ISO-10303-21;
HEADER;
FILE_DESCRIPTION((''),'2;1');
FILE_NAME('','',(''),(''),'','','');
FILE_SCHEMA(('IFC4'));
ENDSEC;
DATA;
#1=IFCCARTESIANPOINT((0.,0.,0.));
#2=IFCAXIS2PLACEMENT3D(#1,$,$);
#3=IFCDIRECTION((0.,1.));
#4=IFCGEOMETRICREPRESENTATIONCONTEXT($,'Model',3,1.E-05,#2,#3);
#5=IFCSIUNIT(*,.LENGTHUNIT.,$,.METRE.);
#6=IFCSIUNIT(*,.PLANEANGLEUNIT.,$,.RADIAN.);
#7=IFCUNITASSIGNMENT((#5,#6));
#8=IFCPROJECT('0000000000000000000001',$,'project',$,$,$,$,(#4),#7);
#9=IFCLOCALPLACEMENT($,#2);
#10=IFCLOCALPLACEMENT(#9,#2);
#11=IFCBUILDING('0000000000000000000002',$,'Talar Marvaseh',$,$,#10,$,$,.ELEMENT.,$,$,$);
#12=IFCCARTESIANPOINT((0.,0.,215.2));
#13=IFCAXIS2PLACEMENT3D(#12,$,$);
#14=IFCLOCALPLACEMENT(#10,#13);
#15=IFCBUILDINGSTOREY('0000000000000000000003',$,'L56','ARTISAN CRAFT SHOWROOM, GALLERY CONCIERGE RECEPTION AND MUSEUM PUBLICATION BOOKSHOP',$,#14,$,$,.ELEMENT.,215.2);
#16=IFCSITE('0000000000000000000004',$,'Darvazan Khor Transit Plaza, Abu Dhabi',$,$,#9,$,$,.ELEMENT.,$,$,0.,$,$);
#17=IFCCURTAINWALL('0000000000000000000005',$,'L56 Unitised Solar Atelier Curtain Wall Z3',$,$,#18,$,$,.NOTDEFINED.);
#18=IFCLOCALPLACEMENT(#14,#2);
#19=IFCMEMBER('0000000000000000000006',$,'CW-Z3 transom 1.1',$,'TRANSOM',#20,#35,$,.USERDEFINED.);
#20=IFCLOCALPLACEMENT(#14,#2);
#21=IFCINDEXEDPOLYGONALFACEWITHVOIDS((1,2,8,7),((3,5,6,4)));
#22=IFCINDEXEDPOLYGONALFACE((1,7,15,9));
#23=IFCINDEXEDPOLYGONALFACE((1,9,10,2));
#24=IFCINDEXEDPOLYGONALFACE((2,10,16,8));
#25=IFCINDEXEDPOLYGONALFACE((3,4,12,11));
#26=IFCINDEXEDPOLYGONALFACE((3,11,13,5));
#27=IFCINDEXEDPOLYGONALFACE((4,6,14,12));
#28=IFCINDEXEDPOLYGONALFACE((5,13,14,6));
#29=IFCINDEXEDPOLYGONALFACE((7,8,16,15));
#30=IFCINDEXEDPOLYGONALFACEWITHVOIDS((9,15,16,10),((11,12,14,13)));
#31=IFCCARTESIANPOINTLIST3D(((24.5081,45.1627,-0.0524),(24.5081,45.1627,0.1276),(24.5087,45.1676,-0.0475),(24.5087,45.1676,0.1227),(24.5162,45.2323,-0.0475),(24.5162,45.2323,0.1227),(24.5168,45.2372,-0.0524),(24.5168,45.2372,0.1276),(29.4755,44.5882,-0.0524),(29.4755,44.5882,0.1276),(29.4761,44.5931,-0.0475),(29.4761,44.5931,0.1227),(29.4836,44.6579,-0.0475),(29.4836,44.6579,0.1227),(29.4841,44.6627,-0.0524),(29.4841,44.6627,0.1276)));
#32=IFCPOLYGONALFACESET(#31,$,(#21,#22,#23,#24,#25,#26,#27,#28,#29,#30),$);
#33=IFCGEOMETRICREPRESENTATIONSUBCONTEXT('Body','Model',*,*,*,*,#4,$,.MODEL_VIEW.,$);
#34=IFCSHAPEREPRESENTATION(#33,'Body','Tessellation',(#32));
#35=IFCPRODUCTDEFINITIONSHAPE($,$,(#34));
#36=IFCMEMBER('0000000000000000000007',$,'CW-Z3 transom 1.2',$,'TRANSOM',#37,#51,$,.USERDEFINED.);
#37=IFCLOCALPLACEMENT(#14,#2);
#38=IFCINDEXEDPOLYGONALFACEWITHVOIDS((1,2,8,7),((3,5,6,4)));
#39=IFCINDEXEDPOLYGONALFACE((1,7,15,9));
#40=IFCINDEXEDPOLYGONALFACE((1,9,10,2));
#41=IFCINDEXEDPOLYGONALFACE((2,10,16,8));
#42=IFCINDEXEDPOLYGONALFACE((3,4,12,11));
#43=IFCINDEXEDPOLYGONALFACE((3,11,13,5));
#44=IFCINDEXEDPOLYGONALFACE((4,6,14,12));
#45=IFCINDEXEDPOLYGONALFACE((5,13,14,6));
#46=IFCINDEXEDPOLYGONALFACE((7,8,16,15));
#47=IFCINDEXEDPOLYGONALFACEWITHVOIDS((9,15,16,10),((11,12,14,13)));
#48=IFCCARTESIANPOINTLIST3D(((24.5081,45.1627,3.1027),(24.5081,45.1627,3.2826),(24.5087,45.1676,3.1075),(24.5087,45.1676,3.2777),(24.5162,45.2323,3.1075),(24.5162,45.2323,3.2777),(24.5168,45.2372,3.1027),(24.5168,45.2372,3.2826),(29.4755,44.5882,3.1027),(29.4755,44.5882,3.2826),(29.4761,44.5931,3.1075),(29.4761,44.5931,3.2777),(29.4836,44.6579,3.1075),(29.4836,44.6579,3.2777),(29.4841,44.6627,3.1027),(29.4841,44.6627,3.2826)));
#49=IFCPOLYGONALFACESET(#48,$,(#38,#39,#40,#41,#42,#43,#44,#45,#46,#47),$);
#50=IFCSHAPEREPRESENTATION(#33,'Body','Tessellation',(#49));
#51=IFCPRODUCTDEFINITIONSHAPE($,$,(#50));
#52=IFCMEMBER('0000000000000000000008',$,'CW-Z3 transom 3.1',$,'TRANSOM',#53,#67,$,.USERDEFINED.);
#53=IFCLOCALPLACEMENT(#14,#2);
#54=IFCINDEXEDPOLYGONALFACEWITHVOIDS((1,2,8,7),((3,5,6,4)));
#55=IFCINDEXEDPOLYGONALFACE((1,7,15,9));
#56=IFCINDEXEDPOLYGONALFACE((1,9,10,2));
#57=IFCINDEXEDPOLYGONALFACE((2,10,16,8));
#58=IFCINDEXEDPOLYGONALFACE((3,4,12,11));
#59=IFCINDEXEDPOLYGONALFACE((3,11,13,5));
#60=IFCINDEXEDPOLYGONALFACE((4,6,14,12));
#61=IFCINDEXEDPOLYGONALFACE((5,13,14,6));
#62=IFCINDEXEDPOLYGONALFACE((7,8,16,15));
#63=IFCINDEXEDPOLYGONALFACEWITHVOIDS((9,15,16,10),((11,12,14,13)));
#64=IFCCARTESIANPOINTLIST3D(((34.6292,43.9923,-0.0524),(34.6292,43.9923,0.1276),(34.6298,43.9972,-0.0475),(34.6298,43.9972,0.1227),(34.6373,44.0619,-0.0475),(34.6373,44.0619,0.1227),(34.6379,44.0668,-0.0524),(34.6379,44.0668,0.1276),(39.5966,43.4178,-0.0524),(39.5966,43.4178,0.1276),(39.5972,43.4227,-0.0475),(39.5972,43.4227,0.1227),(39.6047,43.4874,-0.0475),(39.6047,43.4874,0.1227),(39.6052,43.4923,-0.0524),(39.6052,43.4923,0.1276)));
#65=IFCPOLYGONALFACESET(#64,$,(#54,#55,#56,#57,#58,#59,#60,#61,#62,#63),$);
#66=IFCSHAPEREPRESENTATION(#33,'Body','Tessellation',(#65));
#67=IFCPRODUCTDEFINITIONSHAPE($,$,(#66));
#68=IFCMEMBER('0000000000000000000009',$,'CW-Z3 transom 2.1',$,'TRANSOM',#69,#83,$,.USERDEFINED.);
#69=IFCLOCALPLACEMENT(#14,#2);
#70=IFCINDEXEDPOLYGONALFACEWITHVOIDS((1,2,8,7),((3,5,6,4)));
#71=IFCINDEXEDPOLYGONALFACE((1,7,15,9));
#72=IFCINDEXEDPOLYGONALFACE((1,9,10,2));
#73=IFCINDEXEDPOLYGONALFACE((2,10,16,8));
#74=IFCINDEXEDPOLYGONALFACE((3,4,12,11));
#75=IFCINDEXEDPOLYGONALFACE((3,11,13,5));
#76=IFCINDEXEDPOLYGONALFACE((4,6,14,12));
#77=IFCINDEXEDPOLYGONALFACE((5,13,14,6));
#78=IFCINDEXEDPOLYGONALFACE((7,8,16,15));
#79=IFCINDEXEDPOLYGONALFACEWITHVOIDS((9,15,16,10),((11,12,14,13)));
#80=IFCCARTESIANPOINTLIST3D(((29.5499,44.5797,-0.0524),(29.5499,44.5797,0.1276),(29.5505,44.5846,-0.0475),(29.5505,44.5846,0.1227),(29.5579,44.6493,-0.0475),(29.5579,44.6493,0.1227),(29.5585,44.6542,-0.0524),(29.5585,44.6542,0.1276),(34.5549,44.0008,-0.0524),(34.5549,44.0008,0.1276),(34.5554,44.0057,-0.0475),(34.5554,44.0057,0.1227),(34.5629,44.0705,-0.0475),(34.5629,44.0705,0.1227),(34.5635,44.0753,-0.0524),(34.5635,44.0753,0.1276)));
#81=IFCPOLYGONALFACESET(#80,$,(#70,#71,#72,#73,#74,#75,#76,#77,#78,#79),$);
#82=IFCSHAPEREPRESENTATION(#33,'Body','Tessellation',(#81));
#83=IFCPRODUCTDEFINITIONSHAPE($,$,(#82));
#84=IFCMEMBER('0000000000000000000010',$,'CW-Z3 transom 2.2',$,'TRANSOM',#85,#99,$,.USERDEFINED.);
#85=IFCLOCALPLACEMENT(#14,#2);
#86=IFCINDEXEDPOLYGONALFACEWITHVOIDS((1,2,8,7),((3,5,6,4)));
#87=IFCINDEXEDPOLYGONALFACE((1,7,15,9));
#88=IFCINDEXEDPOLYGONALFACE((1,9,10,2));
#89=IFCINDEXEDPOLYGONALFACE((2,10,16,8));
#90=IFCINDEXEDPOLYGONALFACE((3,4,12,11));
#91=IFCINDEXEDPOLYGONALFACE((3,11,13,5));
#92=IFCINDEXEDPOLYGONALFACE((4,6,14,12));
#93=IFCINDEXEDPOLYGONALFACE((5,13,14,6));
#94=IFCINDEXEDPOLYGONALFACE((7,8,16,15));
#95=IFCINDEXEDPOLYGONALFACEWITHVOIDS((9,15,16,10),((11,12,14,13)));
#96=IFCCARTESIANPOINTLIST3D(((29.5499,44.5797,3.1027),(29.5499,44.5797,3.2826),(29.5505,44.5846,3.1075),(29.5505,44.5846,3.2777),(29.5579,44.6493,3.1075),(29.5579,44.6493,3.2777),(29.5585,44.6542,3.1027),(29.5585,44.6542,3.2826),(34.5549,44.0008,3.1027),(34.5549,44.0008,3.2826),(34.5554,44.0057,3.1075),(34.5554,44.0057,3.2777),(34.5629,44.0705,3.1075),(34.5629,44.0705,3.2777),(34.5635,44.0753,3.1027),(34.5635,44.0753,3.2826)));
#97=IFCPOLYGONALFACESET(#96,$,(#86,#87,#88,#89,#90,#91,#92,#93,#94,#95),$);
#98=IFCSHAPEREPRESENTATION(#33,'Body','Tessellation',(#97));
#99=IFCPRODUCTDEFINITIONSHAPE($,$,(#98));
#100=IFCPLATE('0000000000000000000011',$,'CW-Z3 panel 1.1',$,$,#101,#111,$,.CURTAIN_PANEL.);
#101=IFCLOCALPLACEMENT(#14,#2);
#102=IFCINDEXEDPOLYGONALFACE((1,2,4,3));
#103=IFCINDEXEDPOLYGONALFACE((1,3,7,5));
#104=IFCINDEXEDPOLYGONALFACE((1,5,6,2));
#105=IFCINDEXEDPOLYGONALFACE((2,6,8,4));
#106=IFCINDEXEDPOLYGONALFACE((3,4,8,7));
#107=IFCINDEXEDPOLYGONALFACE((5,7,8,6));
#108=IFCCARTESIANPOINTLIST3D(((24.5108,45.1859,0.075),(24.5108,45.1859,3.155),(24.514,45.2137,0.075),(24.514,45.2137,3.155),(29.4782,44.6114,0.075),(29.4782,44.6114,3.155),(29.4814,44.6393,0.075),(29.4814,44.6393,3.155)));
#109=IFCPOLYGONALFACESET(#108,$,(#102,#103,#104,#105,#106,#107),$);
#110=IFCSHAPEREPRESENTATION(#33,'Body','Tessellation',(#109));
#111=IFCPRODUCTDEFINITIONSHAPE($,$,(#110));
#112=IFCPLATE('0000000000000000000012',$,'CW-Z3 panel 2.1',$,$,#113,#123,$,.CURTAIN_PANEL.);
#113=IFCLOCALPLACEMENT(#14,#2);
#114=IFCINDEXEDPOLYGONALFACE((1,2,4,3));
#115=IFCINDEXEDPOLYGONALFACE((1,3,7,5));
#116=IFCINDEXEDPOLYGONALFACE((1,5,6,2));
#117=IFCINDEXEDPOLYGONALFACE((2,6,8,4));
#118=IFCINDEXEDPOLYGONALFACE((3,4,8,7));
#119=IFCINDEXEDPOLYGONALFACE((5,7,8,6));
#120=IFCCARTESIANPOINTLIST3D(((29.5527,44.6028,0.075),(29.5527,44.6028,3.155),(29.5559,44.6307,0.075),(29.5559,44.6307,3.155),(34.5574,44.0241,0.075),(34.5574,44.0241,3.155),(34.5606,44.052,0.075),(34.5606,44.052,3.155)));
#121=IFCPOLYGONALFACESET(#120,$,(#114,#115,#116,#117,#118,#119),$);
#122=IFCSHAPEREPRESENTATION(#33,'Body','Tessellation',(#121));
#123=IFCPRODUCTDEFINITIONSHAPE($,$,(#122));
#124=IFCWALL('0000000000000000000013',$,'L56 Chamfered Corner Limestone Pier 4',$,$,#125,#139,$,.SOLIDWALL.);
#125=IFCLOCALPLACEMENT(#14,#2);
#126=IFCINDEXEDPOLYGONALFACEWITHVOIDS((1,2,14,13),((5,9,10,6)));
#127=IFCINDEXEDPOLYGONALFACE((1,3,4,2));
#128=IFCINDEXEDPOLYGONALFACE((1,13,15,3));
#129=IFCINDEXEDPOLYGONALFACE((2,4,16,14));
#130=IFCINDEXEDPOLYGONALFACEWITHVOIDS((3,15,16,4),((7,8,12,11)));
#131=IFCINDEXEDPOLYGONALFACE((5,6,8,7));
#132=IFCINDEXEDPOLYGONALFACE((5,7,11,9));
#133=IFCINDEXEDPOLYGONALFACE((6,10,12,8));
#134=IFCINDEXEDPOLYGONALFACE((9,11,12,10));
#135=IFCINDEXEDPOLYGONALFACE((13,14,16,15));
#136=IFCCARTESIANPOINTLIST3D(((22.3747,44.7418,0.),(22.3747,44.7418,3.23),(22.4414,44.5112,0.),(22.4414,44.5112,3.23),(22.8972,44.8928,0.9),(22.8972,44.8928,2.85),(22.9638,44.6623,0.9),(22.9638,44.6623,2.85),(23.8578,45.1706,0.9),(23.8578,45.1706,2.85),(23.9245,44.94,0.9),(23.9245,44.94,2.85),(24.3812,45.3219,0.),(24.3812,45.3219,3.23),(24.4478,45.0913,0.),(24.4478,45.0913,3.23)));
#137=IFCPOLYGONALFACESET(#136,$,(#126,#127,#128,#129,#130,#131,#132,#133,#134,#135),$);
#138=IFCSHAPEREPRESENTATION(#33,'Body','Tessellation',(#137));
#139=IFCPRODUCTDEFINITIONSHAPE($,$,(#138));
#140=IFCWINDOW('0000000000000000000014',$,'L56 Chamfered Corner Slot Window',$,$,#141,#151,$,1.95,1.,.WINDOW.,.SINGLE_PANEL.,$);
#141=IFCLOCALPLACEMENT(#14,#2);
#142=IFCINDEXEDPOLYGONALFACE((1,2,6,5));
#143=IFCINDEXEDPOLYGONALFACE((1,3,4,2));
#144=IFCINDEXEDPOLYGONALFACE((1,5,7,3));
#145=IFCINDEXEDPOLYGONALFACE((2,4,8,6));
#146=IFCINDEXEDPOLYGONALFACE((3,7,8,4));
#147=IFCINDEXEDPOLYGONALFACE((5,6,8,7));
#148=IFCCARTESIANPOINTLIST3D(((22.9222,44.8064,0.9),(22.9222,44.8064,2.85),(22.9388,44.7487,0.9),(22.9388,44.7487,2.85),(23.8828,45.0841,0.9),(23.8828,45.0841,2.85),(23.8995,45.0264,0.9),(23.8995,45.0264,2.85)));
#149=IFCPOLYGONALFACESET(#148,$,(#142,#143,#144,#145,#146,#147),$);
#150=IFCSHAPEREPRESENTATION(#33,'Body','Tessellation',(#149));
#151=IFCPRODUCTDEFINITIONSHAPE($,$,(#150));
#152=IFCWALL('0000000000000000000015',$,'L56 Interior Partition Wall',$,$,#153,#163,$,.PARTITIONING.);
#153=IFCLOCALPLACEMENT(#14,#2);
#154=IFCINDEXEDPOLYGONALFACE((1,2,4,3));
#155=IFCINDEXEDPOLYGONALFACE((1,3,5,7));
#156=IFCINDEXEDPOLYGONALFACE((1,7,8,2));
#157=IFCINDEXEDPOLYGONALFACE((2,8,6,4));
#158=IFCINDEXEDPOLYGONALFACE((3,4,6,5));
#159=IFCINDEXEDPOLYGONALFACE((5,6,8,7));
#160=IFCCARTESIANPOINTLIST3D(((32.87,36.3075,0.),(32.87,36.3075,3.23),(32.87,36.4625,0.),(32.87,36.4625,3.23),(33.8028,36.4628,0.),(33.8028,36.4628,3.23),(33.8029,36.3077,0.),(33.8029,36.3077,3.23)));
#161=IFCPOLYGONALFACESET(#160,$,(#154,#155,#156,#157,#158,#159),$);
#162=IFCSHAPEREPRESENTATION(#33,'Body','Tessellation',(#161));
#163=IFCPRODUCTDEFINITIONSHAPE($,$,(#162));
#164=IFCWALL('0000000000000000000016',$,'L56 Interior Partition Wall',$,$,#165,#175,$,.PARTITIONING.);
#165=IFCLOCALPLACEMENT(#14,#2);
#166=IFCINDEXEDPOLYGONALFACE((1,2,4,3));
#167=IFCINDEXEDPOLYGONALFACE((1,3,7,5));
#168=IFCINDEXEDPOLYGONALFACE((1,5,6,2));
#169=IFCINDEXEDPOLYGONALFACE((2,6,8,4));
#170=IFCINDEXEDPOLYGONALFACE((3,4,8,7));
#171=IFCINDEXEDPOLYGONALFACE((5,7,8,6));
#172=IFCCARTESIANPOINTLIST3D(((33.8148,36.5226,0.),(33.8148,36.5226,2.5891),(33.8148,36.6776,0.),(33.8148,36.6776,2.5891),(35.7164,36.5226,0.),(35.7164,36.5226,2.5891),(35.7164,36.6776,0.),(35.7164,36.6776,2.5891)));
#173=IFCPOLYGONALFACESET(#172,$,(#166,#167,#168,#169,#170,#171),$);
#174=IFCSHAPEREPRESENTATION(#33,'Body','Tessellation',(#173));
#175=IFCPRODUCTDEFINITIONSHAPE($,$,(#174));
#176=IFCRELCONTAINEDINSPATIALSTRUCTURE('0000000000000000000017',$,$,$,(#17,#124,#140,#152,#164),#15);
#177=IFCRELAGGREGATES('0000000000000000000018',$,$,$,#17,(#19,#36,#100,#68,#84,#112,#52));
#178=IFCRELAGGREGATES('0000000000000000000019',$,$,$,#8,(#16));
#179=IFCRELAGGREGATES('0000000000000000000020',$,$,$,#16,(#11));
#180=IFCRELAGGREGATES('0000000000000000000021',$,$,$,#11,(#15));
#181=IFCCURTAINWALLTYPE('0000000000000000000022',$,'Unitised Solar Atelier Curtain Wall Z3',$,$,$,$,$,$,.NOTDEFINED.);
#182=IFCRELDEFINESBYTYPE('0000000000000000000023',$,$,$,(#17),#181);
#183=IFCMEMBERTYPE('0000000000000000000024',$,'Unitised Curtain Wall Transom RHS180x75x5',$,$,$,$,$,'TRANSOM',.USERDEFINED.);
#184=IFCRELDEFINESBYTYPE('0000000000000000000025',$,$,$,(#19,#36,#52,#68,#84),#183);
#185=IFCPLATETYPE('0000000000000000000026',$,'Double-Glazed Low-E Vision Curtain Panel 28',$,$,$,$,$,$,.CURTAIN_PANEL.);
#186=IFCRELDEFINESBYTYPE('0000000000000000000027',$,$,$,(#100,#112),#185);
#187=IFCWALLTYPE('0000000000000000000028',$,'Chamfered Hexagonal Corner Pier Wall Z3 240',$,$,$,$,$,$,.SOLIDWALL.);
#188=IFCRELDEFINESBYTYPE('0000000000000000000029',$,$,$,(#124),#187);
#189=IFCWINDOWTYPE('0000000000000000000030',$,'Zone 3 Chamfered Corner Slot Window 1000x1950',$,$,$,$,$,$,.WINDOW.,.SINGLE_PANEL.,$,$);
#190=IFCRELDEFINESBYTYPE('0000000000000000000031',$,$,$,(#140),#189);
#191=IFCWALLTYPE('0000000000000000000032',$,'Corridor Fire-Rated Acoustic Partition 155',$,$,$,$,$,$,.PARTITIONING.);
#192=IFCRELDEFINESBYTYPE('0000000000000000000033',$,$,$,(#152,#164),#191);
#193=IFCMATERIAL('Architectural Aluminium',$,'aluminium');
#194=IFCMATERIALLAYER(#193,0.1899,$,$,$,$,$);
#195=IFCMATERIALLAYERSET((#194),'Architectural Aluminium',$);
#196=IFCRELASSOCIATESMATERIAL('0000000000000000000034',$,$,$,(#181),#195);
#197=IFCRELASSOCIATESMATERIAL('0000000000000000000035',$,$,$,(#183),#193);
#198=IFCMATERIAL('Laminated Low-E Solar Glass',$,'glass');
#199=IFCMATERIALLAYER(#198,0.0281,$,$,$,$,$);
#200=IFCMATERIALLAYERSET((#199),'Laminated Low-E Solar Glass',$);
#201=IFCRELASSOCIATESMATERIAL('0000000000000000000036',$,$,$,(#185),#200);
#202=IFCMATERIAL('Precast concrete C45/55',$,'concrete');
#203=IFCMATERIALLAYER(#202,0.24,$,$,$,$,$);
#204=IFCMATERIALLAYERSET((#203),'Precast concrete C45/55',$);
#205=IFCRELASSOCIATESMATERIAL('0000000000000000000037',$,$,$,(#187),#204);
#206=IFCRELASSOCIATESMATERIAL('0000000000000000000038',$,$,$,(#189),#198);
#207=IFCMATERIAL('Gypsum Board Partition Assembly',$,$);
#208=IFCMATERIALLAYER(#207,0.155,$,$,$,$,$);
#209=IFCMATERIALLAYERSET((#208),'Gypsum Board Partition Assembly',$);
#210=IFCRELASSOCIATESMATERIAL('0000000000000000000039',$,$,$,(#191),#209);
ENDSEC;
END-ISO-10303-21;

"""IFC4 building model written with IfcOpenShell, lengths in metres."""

from ifc_helpers import new_model, si_unit, direction, frame, frame_2d, origin, origin_2d, place, context, subcontext, project, spatial, rectangle, hollow_rectangle, extrude, source, transform, mapped, material, layer, layer_set, material_profile, profile_set, type_object, type_shapes, element, fill, aggregate, save


model = new_model("IFC4")

# Units and contexts
model_context = context("Model", 3, precision=1e-05, world=origin(), true_north=direction((0.0, 1.0)))
body_context = subcontext(model_context, "Body", "Model", "MODEL_VIEW")
ifc_project = project(units=[si_unit("LENGTHUNIT", "METRE"), si_unit("PLANEANGLEUNIT", "RADIAN")], contexts=[model_context])

# Site, building, storey
site_placement = place(None, origin())
site = spatial("IfcSite", under=ifc_project, at=site_placement, Name="Darvazan Khor Transit Plaza, Abu Dhabi", CompositionType="ELEMENT", RefElevation=0.0)
building_placement = place(site_placement, origin())
building = spatial("IfcBuilding", under=site, at=building_placement, Name="Talar Marvaseh", CompositionType="ELEMENT")
storey_placement = place(building_placement, frame((0.0, 0.0, 215.2)))
storey = spatial("IfcBuildingStorey", under=building, at=storey_placement, Name="L56", Description="ARTISAN CRAFT SHOWROOM, GALLERY CONCIERGE RECEPTION AND MUSEUM PUBLICATION BOOKSHOP", CompositionType="ELEMENT", Elevation=215.2)

# Curtain wall, members, plates
ifc_material_1 = material(Name="Architectural Aluminium", Category="aluminium")
ifc_layer_1 = layer(ifc_material_1, 0.1899)
ifc_layer_set_1 = layer_set([ifc_layer_1], Name="Architectural Aluminium")
curtain_wall_type = type_object("IfcCurtainWallType", Name="Unitised Solar Atelier Curtain Wall Z3", PredefinedType="NOTDEFINED", material=ifc_layer_set_1)
curtain_wall_placement = place(storey_placement, origin())
curtain_wall = element("IfcCurtainWall", 1, at=curtain_wall_placement, inside=storey, type_object=curtain_wall_type, Name="L56 Unitised Solar Atelier Curtain Wall Z3", PredefinedType="NOTDEFINED")
ifc_material_profile_1 = material_profile(ifc_material_1, hollow_rectangle(XDim=0.075, YDim=0.1799, WallThickness=0.0049, at=origin_2d()), Name="RHS180x75x5")
ifc_profile_set_1 = profile_set([ifc_material_profile_1], Name="Architectural Aluminium")
member_type_1 = type_object("IfcMemberType", Name="Unitised Curtain Wall Transom RHS180x75x5", ElementType="TRANSOM", PredefinedType="USERDEFINED", material=ifc_profile_set_1)
shared_shape_1 = source(origin(), body_context, "Body", "SweptSolid", [
    extrude(hollow_rectangle(XDim=0.075, YDim=0.1799, WallThickness=0.0049, at=origin_2d()), origin(), (0.0, 0.0, 1.0), 5.0005),
])
member_1_placement = place(storey_placement, frame((24.5125, 45.2, 0.0376), z_axis=(0.993379, -0.114884, 0.0), x_axis=(0.114884, 0.993379, 0.0)))
member_1 = element("IfcMember", 2, at=member_1_placement, type_object=member_type_1, Name="CW-Z3 transom 1.1", ObjectType="TRANSOM", PredefinedType="USERDEFINED", context=body_context, shape_type="MappedRepresentation", body=[
    mapped(shared_shape_1, transform((0.0, 0.0, 0.0), x_axis=(1.0, 0.0, 0.0), y_axis=(0.0, 1.0, 0.0), z_axis=(0.0, 0.0, 1.0), scale=1.0)),
])
member_2_placement = place(storey_placement, frame((24.5125, 45.2, 3.1926), z_axis=(0.993379, -0.114884, 0.0), x_axis=(0.114884, 0.993379, 0.0)))
member_2 = element("IfcMember", 3, at=member_2_placement, type_object=member_type_1, Name="CW-Z3 transom 1.2", ObjectType="TRANSOM", PredefinedType="USERDEFINED", context=body_context, shape_type="MappedRepresentation", body=[
    mapped(shared_shape_1, transform((0.0, 0.0, 0.0), x_axis=(1.0, 0.0, 0.0), y_axis=(0.0, 1.0, 0.0), z_axis=(0.0, 0.0, 1.0), scale=1.0)),
])
member_3_placement = place(storey_placement, frame((34.6335, 44.0295, 0.0376), z_axis=(0.993379, -0.114884, 0.0), x_axis=(0.114884, 0.993379, 0.0)))
member_3 = element("IfcMember", 4, at=member_3_placement, type_object=member_type_1, Name="CW-Z3 transom 3.1", ObjectType="TRANSOM", PredefinedType="USERDEFINED", context=body_context, shape_type="MappedRepresentation", body=[
    mapped(shared_shape_1, transform((0.0, 0.0, 0.0), x_axis=(1.0, 0.0, 0.0), y_axis=(0.0, 1.0, 0.0), z_axis=(0.0, 0.0, 1.0), scale=1.0)),
])
shared_shape_2 = source(origin(), body_context, "Body", "SweptSolid", [
    extrude(hollow_rectangle(XDim=0.075, YDim=0.1799, WallThickness=0.0049, at=origin_2d()), origin(), (0.0, 0.0, 1.0), 5.0383),
])
type_shapes(member_type_1, [shared_shape_1, shared_shape_2])
member_4_placement = place(storey_placement, frame((29.5542, 44.6169, 0.0376), z_axis=(0.993378, -0.114893, 0.0), x_axis=(0.114893, 0.993378, 0.0)))
member_4 = element("IfcMember", 5, at=member_4_placement, type_object=member_type_1, Name="CW-Z3 transom 2.1", ObjectType="TRANSOM", PredefinedType="USERDEFINED", context=body_context, shape_type="MappedRepresentation", body=[
    mapped(shared_shape_2, transform((0.0, 0.0, 0.0), x_axis=(1.0, 0.0, 0.0), y_axis=(0.0, 1.0, 0.0), z_axis=(0.0, 0.0, 1.0), scale=1.0)),
])
member_5_placement = place(storey_placement, frame((29.5542, 44.6169, 3.1926), z_axis=(0.993378, -0.114893, 0.0), x_axis=(0.114893, 0.993378, 0.0)))
member_5 = element("IfcMember", 6, at=member_5_placement, type_object=member_type_1, Name="CW-Z3 transom 2.2", ObjectType="TRANSOM", PredefinedType="USERDEFINED", context=body_context, shape_type="MappedRepresentation", body=[
    mapped(shared_shape_2, transform((0.0, 0.0, 0.0), x_axis=(1.0, 0.0, 0.0), y_axis=(0.0, 1.0, 0.0), z_axis=(0.0, 0.0, 1.0), scale=1.0)),
])
ifc_material_2 = material(Name="Laminated Low-E Solar Glass", Category="glass")
ifc_layer_2 = layer(ifc_material_2, 0.0281)
ifc_layer_set_2 = layer_set([ifc_layer_2], Name="Laminated Low-E Solar Glass")
plate_type = type_object("IfcPlateType", Name="Double-Glazed Low-E Vision Curtain Panel 28", PredefinedType="CURTAIN_PANEL", material=ifc_layer_set_2)
shared_shape_3 = source(origin(), body_context, "Body", "SweptSolid", [
    extrude(rectangle(XDim=5.0005, YDim=0.0281, at=origin_2d()), origin(), (0.0, 0.0, 1.0), 3.0801),
])
plate_1_placement = place(storey_placement, frame((26.9961, 44.9126, 0.075), z_axis=(0.0, 0.0, 1.0), x_axis=(0.99338, -0.11487, 0.0)))
plate_1 = element("IfcPlate", 7, at=plate_1_placement, type_object=plate_type, Name="CW-Z3 panel 1.1", PredefinedType="CURTAIN_PANEL", context=body_context, shape_type="MappedRepresentation", body=[
    mapped(shared_shape_3, transform((0.0, 0.0, 0.0), x_axis=(1.0, 0.0, 0.0), y_axis=(0.0, 1.0, 0.0), z_axis=(0.0, 0.0, 1.0), scale=1.0)),
])
shared_shape_4 = source(origin(), body_context, "Body", "SweptSolid", [
    extrude(rectangle(XDim=5.0381, YDim=0.0281, at=origin_2d()), origin(), (0.0, 0.0, 1.0), 3.0801),
])
type_shapes(plate_type, [shared_shape_3, shared_shape_4])
plate_2_placement = place(storey_placement, frame((32.0566, 44.3274, 0.075), z_axis=(0.0, 0.0, 1.0), x_axis=(0.99338, -0.11487, 0.0)))
plate_2 = element("IfcPlate", 8, at=plate_2_placement, type_object=plate_type, Name="CW-Z3 panel 2.1", PredefinedType="CURTAIN_PANEL", context=body_context, shape_type="MappedRepresentation", body=[
    mapped(shared_shape_4, transform((0.0, 0.0, 0.0), x_axis=(1.0, 0.0, 0.0), y_axis=(0.0, 1.0, 0.0), z_axis=(0.0, 0.0, 1.0), scale=1.0)),
])
aggregate(curtain_wall, [member_1, member_2, plate_1, member_4, member_5, plate_2, member_3])

# Wall, opening, window
ifc_material_3 = material(Name="Precast concrete C45/55", Category="concrete")
ifc_layer_3 = layer(ifc_material_3, 0.24)
ifc_layer_set_3 = layer_set([ifc_layer_3], Name="Precast concrete C45/55")
wall_type_1 = type_object("IfcWallType", Name="Chamfered Hexagonal Corner Pier Wall Z3 240", PredefinedType="SOLIDWALL", material=ifc_layer_set_3)
wall_1_placement = place(storey_placement, frame((22.408, 44.6265, 0.0), z_axis=(0.0, 0.0, 1.0), x_axis=(0.960655, 0.277746, 0.0)))
wall_1 = element("IfcWall", 9, at=wall_1_placement, inside=storey, type_object=wall_type_1, Name="L56 Chamfered Corner Limestone Pier 4", PredefinedType="SOLIDWALL", context=body_context, shape_type="SweptSolid", body=[
    extrude(rectangle(XDim=2.0886, YDim=0.24, at=frame_2d((1.0444, 0.0))), origin(), (0.0, 0.0, 1.0), 3.23),
])
opening_1_placement = place(wall_1_placement, frame((0.5439, 0.0, 0.8999)))
opening_1 = element("IfcOpeningElement", 10, at=opening_1_placement, cuts=wall_1, PredefinedType="OPENING", context=body_context, shape_type="SweptSolid", body=[
    extrude(rectangle(XDim=1.0, YDim=1.95, at=frame_2d((0.5, 0.9751))), frame((0.0, 0.1299, 0.0), z_axis=(0.0, -1.0, 0.0), x_axis=(1.0, 0.0, 0.0)), (0.0, 0.0, 1.0), 0.26),
])
window_type = type_object("IfcWindowType", Name="Zone 3 Chamfered Corner Slot Window 1000x1950", PartitioningType="SINGLE_PANEL", PredefinedType="WINDOW", material=ifc_material_2)
shared_shape_5 = source(origin(), body_context, "Body", "SweptSolid", [
    extrude(rectangle(XDim=1.0, YDim=1.95, at=frame_2d((0.5, 0.9751))), frame((0.0, 0.03, 0.0), z_axis=(0.0, -1.0, 0.0), x_axis=(1.0, 0.0, 0.0)), (0.0, 0.0, 1.0), 0.0601),
])
type_shapes(window_type, [shared_shape_5])
window_placement = place(opening_1_placement, origin())
window = element("IfcWindow", 11, at=window_placement, inside=storey, type_object=window_type, Name="L56 Chamfered Corner Slot Window", OverallHeight=1.95, OverallWidth=1.0, PartitioningType="SINGLE_PANEL", PredefinedType="WINDOW", context=body_context, shape_type="MappedRepresentation", body=[
    mapped(shared_shape_5, transform((0.0, 0.0, 0.0), x_axis=(1.0, 0.0, 0.0), y_axis=(0.0, 1.0, 0.0), z_axis=(0.0, 0.0, 1.0), scale=1.0)),
])
fill(opening_1, window)

# Walls
ifc_material_4 = material(Name="Gypsum Board Partition Assembly")
ifc_layer_4 = layer(ifc_material_4, 0.155)
ifc_layer_set_4 = layer_set([ifc_layer_4], Name="Gypsum Board Partition Assembly")
wall_type_2 = type_object("IfcWallType", Name="Corridor Fire-Rated Acoustic Partition 155", PredefinedType="PARTITIONING", material=ifc_layer_set_4)
wall_2_placement = place(storey_placement, frame((32.8701, 36.385, 0.0), z_axis=(0.0, 0.0, 1.0), x_axis=(1.0, 0.000262, 0.0)))
element("IfcWall", 12, at=wall_2_placement, inside=storey, type_object=wall_type_2, Name="L56 Interior Partition Wall", PredefinedType="PARTITIONING", context=body_context, shape_type="SweptSolid", body=[
    extrude(rectangle(XDim=0.9329, YDim=0.155, at=frame_2d((0.4663, 0.0))), origin(), (0.0, 0.0, 1.0), 3.23),
])
wall_3_placement = place(storey_placement, frame((33.8149, 36.6001, 0.0), z_axis=(0.0, 0.0, 1.0), x_axis=(1.0, 0.0, 0.0)))
element("IfcWall", 13, at=wall_3_placement, inside=storey, type_object=wall_type_2, Name="L56 Interior Partition Wall", PredefinedType="PARTITIONING", context=body_context, shape_type="SweptSolid", body=[
    extrude(rectangle(XDim=1.9016, YDim=0.155, at=frame_2d((0.9507, 0.0))), origin(), (0.0, 0.0, 1.0), 2.5891),
])

save(model, "model.ifc")
